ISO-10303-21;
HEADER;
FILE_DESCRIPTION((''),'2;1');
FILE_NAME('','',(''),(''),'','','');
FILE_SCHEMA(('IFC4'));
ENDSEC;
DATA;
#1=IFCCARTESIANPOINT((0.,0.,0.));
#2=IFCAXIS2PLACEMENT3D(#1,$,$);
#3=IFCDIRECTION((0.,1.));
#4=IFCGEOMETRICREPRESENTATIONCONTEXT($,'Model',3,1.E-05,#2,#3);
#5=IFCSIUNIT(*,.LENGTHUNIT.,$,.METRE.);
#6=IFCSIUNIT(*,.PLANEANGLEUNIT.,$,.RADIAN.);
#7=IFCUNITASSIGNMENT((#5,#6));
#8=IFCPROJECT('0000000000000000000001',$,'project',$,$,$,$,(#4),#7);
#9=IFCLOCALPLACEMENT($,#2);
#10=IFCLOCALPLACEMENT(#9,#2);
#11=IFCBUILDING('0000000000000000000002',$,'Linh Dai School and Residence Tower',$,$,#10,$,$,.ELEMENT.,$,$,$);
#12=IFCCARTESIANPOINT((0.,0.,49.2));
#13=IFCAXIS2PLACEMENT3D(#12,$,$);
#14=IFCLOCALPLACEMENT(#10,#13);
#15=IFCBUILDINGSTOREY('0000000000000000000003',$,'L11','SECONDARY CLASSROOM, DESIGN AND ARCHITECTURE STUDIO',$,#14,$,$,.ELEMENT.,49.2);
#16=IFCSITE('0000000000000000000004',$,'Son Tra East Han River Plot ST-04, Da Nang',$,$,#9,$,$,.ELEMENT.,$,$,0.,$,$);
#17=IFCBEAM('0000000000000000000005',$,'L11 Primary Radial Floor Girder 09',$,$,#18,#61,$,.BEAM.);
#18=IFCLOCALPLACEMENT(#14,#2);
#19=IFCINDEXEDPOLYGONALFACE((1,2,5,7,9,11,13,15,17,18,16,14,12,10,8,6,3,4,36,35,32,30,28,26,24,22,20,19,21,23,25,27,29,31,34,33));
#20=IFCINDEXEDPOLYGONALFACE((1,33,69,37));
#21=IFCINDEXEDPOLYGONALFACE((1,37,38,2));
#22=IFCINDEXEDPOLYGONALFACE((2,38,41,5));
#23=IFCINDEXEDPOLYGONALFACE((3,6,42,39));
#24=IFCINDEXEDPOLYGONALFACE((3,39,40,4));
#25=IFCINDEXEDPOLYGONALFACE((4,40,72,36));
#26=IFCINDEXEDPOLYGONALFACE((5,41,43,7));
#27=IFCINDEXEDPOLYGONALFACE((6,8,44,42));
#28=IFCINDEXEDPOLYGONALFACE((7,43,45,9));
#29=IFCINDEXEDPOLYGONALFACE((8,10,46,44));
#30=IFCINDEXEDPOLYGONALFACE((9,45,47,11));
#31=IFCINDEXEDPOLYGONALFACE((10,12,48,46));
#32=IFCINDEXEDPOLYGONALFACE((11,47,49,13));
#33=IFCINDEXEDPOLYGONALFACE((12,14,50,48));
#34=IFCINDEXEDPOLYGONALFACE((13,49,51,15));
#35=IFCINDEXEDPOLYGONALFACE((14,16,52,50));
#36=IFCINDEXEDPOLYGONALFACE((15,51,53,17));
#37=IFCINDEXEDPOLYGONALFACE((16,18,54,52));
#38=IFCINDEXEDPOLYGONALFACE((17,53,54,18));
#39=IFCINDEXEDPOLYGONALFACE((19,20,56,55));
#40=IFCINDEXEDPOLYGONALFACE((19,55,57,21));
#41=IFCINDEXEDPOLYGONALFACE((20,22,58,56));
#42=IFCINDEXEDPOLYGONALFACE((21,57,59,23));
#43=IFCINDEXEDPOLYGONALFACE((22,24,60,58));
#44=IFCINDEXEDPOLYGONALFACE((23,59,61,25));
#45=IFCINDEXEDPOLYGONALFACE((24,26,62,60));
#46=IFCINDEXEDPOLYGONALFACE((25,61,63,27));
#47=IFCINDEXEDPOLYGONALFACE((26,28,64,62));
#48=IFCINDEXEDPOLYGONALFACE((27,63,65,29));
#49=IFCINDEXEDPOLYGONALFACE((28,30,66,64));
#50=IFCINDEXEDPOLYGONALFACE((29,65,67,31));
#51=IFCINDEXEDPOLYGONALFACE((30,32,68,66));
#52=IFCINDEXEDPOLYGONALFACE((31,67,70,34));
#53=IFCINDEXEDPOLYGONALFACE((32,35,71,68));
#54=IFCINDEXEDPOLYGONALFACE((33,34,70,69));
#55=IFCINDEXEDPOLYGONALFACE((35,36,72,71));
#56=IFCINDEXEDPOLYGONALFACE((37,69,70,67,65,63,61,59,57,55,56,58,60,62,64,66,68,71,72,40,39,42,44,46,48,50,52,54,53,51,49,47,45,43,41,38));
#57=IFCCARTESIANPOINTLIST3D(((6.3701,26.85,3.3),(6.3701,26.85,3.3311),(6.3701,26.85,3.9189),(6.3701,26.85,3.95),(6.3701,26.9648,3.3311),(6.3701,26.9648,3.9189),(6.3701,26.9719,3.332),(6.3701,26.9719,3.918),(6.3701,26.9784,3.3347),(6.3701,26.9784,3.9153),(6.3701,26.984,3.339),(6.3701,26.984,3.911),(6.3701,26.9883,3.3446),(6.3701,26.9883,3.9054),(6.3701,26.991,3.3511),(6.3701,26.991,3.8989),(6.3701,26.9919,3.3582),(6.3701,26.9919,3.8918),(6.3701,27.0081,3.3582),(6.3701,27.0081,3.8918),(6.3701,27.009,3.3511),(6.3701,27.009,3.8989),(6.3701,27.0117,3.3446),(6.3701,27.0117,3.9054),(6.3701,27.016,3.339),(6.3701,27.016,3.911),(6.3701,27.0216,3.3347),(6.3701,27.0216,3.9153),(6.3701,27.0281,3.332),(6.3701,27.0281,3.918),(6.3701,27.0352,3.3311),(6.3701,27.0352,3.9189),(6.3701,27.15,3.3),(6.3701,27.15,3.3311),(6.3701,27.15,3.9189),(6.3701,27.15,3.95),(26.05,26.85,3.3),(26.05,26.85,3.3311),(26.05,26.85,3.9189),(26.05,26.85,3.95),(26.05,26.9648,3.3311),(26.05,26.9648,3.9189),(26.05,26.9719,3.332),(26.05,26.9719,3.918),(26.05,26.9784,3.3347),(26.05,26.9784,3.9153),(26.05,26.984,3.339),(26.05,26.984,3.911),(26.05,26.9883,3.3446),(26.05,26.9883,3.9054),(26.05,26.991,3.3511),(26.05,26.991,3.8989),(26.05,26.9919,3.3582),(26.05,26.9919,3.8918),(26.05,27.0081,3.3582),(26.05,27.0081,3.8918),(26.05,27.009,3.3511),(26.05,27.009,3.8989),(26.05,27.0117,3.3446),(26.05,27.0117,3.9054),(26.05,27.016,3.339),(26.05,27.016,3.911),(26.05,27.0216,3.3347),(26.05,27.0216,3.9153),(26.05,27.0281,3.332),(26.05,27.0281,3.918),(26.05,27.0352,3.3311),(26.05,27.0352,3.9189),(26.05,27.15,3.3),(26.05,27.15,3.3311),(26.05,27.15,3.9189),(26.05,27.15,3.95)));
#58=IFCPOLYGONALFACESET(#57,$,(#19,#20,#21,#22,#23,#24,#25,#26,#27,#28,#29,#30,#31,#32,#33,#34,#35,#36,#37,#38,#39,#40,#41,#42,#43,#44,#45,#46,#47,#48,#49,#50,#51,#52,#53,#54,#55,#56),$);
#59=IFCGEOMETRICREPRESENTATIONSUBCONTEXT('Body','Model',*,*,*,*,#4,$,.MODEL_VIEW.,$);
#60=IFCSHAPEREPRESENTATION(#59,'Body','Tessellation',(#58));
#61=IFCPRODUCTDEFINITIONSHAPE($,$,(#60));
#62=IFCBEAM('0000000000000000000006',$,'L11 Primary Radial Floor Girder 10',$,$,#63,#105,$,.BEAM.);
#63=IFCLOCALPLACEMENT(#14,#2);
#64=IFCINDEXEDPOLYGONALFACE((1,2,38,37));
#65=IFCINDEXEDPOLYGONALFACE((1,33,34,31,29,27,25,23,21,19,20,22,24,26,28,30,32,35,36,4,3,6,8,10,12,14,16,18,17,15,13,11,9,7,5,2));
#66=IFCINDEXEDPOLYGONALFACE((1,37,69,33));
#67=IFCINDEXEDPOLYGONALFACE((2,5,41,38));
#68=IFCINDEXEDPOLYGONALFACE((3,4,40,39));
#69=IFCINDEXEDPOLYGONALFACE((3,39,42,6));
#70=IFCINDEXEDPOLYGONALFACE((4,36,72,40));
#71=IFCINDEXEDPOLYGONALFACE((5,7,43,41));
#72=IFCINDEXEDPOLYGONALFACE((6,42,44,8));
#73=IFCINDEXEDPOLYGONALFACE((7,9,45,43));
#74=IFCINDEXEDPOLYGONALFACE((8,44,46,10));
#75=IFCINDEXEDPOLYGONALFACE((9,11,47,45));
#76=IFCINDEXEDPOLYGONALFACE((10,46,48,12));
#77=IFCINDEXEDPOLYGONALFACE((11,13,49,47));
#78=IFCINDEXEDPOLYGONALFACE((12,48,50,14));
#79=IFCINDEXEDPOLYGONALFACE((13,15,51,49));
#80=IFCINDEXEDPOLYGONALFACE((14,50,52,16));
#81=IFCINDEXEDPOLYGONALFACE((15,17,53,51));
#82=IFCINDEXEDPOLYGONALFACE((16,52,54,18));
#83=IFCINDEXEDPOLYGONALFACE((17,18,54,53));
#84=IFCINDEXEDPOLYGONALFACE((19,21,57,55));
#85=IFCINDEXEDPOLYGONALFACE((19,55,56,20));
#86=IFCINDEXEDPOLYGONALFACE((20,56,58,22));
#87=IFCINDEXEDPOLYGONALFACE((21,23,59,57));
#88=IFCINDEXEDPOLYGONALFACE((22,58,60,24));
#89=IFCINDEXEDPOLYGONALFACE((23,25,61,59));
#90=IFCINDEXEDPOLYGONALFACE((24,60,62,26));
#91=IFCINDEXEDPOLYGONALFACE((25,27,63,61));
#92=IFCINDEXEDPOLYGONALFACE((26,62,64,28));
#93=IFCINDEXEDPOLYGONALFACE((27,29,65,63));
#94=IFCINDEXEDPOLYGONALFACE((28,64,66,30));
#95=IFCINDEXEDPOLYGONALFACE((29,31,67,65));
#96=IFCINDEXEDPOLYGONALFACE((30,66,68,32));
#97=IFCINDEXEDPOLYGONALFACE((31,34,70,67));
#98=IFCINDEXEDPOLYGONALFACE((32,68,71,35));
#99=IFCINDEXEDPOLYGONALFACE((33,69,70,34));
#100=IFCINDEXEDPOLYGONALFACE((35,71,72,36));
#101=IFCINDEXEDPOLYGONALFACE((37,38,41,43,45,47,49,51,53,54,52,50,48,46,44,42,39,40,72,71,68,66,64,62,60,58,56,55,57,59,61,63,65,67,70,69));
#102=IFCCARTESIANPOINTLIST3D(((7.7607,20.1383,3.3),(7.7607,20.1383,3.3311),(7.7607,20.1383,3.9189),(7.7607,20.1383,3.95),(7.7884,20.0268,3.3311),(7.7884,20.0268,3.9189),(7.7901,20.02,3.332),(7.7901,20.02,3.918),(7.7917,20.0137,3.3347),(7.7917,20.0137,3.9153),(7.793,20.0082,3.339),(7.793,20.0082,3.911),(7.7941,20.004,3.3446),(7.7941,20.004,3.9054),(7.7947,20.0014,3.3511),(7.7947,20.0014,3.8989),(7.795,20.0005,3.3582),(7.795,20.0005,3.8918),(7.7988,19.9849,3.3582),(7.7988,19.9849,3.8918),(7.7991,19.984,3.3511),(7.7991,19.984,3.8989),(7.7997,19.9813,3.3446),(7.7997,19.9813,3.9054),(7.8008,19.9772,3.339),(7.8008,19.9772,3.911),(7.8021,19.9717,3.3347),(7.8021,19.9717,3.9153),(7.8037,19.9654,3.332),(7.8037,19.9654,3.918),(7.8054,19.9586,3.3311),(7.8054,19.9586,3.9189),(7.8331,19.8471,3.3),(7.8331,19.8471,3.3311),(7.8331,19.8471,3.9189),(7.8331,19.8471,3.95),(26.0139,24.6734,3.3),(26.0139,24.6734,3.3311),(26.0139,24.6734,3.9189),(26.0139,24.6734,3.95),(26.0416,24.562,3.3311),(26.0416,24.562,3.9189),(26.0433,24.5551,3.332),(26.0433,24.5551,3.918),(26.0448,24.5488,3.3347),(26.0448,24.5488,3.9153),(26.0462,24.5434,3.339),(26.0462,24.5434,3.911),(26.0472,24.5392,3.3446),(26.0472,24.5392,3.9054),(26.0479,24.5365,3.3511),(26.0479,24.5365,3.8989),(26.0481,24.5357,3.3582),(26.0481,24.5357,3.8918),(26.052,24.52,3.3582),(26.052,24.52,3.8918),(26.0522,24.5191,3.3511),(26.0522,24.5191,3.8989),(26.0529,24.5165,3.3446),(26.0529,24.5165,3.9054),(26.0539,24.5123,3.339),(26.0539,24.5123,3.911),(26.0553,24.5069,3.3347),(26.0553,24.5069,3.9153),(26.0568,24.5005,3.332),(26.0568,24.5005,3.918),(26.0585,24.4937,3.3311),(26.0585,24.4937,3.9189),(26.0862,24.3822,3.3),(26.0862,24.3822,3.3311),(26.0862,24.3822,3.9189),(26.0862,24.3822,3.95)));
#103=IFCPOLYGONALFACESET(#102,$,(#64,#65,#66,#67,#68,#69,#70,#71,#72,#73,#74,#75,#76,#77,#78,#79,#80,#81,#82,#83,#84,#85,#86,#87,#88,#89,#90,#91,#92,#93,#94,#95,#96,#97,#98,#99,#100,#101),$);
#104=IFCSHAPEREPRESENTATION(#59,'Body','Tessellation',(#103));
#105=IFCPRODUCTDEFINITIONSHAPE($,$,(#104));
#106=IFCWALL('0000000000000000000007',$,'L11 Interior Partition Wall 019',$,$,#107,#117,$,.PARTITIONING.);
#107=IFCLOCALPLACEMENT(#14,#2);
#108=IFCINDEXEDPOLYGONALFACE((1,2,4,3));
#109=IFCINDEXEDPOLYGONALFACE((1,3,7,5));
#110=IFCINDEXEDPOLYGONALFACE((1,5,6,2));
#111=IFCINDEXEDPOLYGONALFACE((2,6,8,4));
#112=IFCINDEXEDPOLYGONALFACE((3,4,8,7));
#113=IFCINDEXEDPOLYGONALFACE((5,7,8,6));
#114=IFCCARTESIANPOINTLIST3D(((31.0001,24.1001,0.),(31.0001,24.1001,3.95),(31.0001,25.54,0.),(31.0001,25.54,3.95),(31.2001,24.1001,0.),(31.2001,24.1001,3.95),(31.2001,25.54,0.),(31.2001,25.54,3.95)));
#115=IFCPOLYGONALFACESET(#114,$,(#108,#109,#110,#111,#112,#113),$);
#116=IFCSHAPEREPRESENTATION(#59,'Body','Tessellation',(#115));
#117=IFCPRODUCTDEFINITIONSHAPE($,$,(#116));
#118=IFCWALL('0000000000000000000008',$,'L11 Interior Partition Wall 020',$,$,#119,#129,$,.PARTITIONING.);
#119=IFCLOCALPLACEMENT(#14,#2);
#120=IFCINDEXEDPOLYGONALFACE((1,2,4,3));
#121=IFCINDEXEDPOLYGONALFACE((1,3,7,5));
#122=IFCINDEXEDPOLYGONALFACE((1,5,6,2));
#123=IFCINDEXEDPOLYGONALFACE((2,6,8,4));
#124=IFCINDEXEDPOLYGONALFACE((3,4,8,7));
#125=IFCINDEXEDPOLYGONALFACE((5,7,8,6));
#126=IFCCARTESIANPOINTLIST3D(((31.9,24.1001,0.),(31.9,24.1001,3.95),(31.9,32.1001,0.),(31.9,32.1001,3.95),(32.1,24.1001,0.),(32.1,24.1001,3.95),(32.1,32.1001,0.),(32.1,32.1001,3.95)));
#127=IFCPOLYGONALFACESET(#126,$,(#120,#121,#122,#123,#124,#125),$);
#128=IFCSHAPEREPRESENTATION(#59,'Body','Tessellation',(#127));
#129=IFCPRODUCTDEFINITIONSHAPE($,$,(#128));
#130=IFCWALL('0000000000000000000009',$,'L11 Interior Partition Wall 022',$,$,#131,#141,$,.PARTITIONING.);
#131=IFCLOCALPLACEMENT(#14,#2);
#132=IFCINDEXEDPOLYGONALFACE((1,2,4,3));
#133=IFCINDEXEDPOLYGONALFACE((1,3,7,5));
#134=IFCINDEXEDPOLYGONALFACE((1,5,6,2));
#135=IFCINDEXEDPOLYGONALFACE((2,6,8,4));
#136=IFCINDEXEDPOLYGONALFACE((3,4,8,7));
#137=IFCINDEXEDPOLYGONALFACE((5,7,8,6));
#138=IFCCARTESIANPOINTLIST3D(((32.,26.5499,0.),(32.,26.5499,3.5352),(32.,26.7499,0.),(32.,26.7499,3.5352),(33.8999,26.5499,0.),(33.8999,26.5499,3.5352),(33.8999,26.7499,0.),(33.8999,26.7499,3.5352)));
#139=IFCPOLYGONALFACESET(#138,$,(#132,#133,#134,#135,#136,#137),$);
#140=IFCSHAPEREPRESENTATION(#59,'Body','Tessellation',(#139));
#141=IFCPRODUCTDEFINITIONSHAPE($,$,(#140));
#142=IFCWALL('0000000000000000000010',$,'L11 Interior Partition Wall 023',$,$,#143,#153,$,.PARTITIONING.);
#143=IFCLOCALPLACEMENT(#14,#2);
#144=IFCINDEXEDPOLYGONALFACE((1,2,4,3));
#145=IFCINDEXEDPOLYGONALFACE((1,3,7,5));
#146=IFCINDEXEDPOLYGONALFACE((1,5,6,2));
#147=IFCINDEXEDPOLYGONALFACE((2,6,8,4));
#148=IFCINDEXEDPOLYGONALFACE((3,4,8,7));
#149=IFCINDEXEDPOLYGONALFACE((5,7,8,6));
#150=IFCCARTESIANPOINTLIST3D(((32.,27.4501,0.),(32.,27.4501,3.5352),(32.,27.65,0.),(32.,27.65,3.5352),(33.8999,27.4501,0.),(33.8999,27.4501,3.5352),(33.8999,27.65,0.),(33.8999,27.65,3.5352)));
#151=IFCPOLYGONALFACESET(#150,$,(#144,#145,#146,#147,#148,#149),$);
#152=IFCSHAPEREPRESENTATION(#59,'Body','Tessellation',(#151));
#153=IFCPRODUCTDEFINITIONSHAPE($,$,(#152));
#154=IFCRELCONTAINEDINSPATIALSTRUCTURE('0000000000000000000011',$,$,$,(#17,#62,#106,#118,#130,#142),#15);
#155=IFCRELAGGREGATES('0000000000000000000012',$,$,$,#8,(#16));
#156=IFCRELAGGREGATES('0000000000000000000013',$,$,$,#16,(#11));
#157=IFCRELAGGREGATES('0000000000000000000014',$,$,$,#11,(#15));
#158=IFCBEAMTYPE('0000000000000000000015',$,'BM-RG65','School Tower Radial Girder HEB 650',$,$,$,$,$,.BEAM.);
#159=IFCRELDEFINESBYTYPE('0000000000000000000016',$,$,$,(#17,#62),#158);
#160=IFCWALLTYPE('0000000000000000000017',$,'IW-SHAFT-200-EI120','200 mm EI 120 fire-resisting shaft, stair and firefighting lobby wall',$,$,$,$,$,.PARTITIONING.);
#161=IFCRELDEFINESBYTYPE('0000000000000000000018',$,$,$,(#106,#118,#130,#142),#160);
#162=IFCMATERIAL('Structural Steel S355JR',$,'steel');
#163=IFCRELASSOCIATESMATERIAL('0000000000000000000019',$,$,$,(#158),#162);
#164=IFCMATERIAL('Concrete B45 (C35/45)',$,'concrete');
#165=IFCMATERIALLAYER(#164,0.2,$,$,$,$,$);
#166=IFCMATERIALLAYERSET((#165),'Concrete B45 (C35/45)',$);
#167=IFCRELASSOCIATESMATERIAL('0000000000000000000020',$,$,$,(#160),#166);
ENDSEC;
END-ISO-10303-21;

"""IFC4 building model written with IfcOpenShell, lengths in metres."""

from ifc_helpers import new_model, si_unit, direction, frame, frame_2d, origin, origin_2d, place, context, subcontext, project, spatial, rectangle, i_section, extrude, material, layer, layer_set, material_profile, profile_set, type_object, element, save


model = new_model("IFC4")

# Units and contexts
model_context = context("Model", 3, precision=1e-05, world=origin(), true_north=direction((0.0, 1.0)))
body_context = subcontext(model_context, "Body", "Model", "MODEL_VIEW")
ifc_project = project(units=[si_unit("LENGTHUNIT", "METRE"), si_unit("PLANEANGLEUNIT", "RADIAN")], contexts=[model_context])

# Site, building, storey
site_placement = place(None, origin())
site = spatial("IfcSite", under=ifc_project, at=site_placement, Name="Son Tra East Han River Plot ST-04, Da Nang", CompositionType="ELEMENT", RefElevation=0.0)
building_placement = place(site_placement, origin())
building = spatial("IfcBuilding", under=site, at=building_placement, Name="Linh Dai School and Residence Tower", CompositionType="ELEMENT")
storey_placement = place(building_placement, frame((0.0, 0.0, 49.2)))
storey = spatial("IfcBuildingStorey", under=building, at=storey_placement, Name="L11", Description="SECONDARY CLASSROOM, DESIGN AND ARCHITECTURE STUDIO", CompositionType="ELEMENT", Elevation=49.2)

# Shared definitions
ifc_material_1 = material(Name="Structural Steel S355JR", Category="steel")

# Beams
ifc_material_profile_1 = material_profile(ifc_material_1, i_section(OverallWidth=0.3, OverallDepth=0.6499, WebThickness=0.0161, FlangeThickness=0.031, FilletRadius=0.0271, at=origin_2d()), Name="HEB 650")
ifc_profile_set_1 = profile_set([ifc_material_profile_1], Name="Structural Steel S355JR")
beam_type = type_object("IfcBeamType", Name="BM-RG65", Description="School Tower Radial Girder HEB 650", PredefinedType="BEAM", material=ifc_profile_set_1)
beam_1_placement = place(storey_placement, frame((26.05, 27.0, 3.625), z_axis=(-1.0, 0.0, 0.0), x_axis=(0.0, -1.0, 0.0)))
element("IfcBeam", 1, at=beam_1_placement, inside=storey, type_object=beam_type, Name="L11 Primary Radial Floor Girder 09", PredefinedType="BEAM", context=body_context, shape_type="SweptSolid", body=[
    extrude(i_section(OverallWidth=0.3, OverallDepth=0.6499, WebThickness=0.0161, FlangeThickness=0.031, FilletRadius=0.0271, at=origin_2d()), origin(), (0.0, 0.0, 1.0), 19.6799),
])
beam_2_placement = place(storey_placement, frame((26.05, 24.5278, 3.625), z_axis=(-0.970493, -0.241127, 0.0), x_axis=(0.241127, -0.970493, 0.0)))
element("IfcBeam", 2, at=beam_2_placement, inside=storey, type_object=beam_type, Name="L11 Primary Radial Floor Girder 10", PredefinedType="BEAM", context=body_context, shape_type="SweptSolid", body=[
    extrude(i_section(OverallWidth=0.3, OverallDepth=0.6499, WebThickness=0.0161, FlangeThickness=0.031, FilletRadius=0.0271, at=origin_2d()), origin(), (0.0, 0.0, 1.0), 18.8081),
])

# Shared definitions
ifc_material_2 = material(Name="Concrete B45 (C35/45)", Category="concrete")
ifc_layer_1 = layer(ifc_material_2, 0.2)
ifc_layer_set_1 = layer_set([ifc_layer_1], Name="Concrete B45 (C35/45)")
wall_type_1 = type_object("IfcWallType", Name="IW-SHAFT-200-EI120", Description="200 mm EI 120 fire-resisting shaft, stair and firefighting lobby wall", PredefinedType="PARTITIONING", material=ifc_layer_set_1)

# Walls
wall_1_placement = place(storey_placement, frame((31.1001, 24.1001, 0.0), z_axis=(0.0, 0.0, 1.0), x_axis=(0.0, 1.0, 0.0)))
element("IfcWall", 3, at=wall_1_placement, inside=storey, type_object=wall_type_1, Name="L11 Interior Partition Wall 019", PredefinedType="PARTITIONING", context=body_context, shape_type="SweptSolid", body=[
    extrude(rectangle(XDim=1.4399, YDim=0.2, at=frame_2d((0.72, 0.0))), origin(), (0.0, 0.0, 1.0), 3.95),
])
wall_2_placement = place(storey_placement, frame((32.0, 24.1001, 0.0), z_axis=(0.0, 0.0, 1.0), x_axis=(0.0, 1.0, 0.0)))
element("IfcWall", 4, at=wall_2_placement, inside=storey, type_object=wall_type_1, Name="L11 Interior Partition Wall 020", PredefinedType="PARTITIONING", context=body_context, shape_type="SweptSolid", body=[
    extrude(rectangle(XDim=8.0, YDim=0.2, at=frame_2d((4.0, 0.0))), origin(), (0.0, 0.0, 1.0), 3.95),
])

# Walls
for number, where, z_axis, x_axis, name in (
    (5, (32.0, 26.6499, 0.0), (0.0, 0.0, 1.0), (1.0, 0.0, 0.0), "L11 Interior Partition Wall 022"),
    (6, (32.0, 27.55, 0.0), (0.0, 0.0, 1.0), (1.0, 0.0, 0.0), "L11 Interior Partition Wall 023"),
):
    element("IfcWall", number, at=place(storey_placement, frame(where, z_axis=z_axis, x_axis=x_axis)), inside=storey, type_object=wall_type_1, Name=name, PredefinedType="PARTITIONING", context=body_context, shape_type="SweptSolid", body=[
        extrude(rectangle(XDim=1.8999, YDim=0.2, at=frame_2d((0.95, 0.0))), origin(), (0.0, 0.0, 1.0), 3.5352),
    ])

save(model, "model.ifc")
